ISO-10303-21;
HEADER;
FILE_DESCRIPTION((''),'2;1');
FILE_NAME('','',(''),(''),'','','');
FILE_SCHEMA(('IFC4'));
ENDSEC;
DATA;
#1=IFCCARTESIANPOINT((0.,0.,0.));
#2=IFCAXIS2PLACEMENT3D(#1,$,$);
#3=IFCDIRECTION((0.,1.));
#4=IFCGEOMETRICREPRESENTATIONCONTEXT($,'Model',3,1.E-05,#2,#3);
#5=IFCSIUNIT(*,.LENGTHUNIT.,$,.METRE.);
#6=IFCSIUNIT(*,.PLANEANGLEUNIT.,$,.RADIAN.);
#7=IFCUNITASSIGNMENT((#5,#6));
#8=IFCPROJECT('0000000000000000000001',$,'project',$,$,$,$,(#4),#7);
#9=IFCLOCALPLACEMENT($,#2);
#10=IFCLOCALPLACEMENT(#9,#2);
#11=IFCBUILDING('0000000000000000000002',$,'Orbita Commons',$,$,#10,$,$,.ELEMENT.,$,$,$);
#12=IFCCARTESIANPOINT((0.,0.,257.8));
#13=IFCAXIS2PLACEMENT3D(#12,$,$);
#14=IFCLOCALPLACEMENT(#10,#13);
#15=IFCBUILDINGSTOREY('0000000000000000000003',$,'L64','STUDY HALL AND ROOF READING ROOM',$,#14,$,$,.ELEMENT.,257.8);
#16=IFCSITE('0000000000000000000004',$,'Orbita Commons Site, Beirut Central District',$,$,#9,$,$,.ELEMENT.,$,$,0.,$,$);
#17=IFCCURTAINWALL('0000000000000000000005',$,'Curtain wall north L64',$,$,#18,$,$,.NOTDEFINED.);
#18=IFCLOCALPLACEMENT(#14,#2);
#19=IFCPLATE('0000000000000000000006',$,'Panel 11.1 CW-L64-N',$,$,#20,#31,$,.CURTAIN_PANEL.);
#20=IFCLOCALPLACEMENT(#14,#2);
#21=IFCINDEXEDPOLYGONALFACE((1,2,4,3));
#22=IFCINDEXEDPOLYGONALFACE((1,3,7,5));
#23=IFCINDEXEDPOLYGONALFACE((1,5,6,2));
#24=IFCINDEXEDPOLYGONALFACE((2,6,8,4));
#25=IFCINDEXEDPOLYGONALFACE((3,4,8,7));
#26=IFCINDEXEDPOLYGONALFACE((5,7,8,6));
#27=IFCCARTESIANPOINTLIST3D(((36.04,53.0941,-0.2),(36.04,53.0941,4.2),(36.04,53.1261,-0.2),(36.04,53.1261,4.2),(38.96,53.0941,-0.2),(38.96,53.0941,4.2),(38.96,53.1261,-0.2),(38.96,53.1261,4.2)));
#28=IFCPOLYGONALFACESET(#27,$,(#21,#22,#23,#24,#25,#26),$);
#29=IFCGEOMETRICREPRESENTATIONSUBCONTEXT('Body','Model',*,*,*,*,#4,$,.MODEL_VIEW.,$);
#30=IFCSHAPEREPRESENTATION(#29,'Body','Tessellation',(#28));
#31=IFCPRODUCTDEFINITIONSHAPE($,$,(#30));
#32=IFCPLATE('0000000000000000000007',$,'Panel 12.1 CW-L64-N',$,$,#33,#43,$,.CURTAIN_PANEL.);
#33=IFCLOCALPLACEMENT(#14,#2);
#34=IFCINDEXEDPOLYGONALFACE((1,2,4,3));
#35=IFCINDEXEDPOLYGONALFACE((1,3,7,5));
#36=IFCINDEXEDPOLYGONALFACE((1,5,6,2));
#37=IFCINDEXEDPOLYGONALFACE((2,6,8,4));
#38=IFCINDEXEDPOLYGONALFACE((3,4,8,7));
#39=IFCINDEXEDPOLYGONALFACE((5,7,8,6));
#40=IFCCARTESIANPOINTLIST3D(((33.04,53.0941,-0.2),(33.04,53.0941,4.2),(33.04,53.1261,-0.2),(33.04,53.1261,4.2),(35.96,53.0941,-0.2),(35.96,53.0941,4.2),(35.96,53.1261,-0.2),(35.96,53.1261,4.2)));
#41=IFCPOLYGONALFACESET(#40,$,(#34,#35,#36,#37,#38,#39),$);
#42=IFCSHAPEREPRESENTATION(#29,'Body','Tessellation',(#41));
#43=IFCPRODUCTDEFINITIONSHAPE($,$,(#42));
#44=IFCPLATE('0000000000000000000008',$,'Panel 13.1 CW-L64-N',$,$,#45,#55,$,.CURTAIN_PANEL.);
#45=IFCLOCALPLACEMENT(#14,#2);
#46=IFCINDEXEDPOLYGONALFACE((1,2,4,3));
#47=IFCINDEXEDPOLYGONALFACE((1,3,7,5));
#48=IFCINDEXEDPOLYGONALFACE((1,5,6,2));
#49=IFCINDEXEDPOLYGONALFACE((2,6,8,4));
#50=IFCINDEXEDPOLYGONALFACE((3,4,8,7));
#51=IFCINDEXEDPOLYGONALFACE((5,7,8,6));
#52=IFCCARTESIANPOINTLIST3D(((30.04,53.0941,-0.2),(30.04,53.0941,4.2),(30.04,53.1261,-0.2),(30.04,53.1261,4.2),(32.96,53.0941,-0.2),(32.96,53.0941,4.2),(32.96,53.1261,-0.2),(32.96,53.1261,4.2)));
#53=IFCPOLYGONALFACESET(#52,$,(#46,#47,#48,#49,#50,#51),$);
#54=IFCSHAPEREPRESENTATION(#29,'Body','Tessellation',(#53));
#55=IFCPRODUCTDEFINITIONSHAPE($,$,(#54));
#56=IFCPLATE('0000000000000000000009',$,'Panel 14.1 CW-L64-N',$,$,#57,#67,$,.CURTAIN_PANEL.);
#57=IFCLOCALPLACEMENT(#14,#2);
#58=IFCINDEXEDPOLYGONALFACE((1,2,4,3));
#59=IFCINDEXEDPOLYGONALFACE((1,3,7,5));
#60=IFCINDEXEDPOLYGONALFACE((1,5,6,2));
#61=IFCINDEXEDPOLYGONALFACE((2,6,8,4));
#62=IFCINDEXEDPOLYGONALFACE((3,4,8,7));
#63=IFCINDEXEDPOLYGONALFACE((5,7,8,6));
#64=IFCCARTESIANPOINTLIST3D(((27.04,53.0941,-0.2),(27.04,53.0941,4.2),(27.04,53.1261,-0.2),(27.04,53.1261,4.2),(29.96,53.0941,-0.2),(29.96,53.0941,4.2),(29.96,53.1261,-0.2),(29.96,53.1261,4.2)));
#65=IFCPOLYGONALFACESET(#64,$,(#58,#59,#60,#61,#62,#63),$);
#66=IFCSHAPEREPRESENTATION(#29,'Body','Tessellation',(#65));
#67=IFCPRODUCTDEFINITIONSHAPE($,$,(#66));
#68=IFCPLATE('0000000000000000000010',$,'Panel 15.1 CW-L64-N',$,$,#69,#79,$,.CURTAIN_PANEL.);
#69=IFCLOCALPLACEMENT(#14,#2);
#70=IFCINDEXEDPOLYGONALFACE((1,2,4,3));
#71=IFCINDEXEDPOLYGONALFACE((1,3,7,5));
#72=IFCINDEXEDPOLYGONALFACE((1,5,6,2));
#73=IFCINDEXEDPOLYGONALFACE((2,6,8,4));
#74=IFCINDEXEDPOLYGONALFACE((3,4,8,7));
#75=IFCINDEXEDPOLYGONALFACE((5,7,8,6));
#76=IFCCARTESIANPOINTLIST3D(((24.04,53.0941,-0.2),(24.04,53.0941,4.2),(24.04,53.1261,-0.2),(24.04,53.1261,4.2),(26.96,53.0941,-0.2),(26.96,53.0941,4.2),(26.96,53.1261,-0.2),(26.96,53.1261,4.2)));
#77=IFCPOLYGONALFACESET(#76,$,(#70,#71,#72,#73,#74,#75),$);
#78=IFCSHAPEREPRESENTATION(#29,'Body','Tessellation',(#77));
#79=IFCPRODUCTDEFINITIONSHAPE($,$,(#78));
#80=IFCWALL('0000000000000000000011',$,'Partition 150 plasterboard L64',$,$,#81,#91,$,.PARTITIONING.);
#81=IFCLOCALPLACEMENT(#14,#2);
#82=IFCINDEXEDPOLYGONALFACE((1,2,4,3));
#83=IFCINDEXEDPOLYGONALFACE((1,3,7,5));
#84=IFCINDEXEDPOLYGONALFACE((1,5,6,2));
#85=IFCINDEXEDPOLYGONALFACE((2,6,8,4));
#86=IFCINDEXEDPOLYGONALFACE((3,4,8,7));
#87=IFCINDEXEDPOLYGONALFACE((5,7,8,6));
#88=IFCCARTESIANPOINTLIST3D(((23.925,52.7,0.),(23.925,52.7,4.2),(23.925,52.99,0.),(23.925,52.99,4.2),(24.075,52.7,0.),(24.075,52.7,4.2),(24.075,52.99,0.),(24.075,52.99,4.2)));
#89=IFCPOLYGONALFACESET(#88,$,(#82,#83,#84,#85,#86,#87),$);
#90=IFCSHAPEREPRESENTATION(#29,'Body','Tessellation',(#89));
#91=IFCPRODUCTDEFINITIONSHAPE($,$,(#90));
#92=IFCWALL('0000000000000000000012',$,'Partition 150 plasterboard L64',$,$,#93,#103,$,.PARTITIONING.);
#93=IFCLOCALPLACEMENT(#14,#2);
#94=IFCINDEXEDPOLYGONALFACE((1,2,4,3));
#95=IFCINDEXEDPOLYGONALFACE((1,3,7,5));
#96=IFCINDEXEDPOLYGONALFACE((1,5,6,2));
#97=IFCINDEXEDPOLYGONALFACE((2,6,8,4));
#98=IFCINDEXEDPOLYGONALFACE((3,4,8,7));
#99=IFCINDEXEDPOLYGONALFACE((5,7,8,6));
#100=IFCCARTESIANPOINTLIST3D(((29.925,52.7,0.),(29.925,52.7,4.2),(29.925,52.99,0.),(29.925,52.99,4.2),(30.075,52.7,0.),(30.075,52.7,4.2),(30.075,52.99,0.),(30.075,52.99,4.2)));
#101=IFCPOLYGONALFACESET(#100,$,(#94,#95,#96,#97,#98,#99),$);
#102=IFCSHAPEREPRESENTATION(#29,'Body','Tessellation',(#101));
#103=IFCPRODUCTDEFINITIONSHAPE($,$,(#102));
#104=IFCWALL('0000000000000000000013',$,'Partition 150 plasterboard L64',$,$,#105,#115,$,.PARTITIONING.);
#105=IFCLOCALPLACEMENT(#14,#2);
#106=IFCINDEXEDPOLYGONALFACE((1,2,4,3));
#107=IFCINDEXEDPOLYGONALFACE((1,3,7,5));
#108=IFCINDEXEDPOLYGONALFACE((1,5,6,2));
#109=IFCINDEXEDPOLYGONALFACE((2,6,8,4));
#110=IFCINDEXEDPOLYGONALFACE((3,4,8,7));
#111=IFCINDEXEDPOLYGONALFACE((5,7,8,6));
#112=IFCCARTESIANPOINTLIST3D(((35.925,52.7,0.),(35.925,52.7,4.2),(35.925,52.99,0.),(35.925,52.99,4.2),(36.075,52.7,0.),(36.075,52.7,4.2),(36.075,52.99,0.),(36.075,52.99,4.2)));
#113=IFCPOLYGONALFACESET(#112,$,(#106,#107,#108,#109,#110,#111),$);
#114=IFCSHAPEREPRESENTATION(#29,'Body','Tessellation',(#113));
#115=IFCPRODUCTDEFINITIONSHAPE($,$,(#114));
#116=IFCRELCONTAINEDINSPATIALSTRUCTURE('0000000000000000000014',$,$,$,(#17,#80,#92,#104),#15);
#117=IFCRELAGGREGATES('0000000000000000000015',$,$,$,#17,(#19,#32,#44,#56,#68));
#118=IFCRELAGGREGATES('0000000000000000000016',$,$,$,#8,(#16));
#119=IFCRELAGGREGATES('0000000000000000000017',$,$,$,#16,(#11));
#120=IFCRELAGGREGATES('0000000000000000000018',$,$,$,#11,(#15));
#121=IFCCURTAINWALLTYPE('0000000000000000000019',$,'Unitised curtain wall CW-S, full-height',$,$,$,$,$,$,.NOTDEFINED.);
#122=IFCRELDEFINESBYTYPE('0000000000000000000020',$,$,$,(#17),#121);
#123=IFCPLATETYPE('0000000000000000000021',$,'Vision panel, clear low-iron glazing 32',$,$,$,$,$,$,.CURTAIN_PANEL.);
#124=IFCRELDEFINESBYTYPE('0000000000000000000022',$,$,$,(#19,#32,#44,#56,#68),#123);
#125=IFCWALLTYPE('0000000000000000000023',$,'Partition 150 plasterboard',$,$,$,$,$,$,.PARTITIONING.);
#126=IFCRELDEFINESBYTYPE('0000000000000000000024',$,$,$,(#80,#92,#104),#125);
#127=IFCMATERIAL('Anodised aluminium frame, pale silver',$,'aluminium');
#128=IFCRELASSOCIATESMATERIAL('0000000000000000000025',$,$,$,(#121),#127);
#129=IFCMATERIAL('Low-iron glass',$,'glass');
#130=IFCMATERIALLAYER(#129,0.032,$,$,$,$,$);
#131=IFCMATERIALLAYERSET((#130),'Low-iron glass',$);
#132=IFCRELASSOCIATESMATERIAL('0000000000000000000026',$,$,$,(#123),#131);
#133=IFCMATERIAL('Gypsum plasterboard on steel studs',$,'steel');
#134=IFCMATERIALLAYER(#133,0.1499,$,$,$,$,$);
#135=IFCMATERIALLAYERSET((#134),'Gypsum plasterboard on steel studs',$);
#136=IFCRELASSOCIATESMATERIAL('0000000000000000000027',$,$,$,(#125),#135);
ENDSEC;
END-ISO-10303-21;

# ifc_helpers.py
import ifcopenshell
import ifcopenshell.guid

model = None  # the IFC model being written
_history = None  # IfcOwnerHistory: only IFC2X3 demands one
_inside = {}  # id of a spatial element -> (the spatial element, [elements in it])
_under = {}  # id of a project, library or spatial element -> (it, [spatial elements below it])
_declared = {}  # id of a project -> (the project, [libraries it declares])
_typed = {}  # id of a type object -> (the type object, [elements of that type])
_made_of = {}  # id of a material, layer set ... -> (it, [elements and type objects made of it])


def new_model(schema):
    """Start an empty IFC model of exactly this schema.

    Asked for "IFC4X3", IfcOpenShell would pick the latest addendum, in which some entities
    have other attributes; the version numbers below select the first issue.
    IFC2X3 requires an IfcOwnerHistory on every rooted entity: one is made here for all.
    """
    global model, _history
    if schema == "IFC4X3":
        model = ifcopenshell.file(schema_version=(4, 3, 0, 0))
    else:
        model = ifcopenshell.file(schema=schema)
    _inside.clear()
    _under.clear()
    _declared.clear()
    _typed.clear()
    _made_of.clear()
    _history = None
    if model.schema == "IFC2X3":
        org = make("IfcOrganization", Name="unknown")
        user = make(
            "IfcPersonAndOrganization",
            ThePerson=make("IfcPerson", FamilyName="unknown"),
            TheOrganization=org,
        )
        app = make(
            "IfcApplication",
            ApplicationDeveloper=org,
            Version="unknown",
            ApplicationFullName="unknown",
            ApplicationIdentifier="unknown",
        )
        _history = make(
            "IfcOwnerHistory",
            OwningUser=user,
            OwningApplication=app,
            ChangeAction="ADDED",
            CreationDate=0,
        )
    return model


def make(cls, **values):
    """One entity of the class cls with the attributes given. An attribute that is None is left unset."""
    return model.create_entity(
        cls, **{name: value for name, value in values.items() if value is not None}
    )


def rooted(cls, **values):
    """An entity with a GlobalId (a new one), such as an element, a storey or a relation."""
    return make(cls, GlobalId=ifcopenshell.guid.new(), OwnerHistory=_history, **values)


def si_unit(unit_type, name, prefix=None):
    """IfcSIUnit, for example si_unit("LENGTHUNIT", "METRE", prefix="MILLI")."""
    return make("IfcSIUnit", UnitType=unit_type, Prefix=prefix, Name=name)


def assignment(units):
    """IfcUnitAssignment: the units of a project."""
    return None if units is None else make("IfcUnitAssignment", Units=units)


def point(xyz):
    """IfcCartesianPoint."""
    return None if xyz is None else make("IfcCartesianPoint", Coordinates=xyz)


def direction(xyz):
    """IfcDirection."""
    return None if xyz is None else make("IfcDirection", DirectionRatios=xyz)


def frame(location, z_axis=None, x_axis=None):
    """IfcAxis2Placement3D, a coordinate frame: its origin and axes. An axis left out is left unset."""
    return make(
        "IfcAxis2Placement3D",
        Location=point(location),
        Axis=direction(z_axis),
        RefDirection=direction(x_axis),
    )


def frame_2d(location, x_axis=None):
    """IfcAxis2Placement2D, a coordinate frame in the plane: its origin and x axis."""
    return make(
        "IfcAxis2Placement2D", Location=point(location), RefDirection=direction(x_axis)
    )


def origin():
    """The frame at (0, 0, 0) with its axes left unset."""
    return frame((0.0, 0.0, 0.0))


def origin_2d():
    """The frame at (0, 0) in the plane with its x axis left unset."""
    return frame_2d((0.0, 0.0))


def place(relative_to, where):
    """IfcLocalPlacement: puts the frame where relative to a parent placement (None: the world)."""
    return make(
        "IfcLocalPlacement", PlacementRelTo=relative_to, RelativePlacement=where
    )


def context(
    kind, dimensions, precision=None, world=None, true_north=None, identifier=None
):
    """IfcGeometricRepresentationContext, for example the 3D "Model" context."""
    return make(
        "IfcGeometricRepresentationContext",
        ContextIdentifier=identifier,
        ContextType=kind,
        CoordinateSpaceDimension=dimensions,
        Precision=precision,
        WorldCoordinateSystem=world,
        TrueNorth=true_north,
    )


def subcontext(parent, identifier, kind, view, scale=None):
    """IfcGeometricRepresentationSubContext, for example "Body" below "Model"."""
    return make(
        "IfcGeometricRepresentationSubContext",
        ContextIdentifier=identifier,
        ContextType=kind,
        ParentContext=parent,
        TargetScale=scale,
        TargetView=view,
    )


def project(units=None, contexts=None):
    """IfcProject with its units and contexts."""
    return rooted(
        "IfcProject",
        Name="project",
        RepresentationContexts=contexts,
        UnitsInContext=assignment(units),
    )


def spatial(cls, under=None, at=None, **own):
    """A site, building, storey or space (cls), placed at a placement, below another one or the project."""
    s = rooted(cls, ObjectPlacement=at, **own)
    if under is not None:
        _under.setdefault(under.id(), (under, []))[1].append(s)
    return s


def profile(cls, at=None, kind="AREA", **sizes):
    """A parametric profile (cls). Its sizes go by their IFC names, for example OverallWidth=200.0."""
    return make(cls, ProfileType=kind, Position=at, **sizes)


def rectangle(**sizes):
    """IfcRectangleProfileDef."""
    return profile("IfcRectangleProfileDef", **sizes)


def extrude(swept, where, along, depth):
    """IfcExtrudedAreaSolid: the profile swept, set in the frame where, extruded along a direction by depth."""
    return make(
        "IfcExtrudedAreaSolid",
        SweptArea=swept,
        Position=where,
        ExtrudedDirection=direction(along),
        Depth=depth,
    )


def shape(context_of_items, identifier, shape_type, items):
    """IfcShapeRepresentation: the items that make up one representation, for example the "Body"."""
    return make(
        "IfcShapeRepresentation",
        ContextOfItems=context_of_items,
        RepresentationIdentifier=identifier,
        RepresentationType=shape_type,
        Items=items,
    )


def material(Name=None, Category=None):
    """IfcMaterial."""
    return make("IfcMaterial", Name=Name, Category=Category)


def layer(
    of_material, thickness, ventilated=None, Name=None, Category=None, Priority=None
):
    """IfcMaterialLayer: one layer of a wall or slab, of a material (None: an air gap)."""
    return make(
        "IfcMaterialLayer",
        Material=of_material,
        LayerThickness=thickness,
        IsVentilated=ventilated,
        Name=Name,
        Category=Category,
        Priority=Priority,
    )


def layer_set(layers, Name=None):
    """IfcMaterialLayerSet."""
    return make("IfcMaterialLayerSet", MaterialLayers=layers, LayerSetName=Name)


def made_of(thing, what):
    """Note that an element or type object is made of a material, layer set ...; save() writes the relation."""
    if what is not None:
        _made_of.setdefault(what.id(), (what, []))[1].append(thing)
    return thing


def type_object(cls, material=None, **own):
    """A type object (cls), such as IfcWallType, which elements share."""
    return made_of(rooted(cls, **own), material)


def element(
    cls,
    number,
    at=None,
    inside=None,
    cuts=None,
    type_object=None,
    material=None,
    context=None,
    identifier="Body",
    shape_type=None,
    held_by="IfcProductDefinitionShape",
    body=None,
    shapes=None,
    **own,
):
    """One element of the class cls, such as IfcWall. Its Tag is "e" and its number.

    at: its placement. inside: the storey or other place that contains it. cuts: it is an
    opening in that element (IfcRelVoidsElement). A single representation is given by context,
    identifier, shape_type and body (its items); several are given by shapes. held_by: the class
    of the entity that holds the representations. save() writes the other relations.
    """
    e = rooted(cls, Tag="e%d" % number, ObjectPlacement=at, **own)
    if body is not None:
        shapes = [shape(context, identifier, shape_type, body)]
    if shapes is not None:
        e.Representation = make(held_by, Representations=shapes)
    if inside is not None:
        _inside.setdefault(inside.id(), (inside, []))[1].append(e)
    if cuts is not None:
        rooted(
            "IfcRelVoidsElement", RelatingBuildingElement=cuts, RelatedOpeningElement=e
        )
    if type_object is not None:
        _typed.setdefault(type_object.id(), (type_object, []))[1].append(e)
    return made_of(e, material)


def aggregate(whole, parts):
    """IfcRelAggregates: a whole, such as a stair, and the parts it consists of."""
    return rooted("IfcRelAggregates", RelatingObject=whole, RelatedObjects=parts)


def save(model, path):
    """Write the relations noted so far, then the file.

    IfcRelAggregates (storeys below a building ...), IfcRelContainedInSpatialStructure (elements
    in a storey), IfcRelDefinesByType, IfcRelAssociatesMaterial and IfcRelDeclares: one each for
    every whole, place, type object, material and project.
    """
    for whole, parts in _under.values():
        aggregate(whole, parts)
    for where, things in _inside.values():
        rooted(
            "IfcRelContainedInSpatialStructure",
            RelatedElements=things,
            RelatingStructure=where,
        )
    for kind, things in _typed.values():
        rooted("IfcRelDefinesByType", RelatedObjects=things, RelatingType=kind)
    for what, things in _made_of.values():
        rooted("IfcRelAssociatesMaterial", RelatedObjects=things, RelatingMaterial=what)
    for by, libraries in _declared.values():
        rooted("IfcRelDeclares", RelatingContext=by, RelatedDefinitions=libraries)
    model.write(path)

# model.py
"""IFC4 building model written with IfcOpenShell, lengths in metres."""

from ifc_helpers import new_model, si_unit, direction, frame, frame_2d, origin, origin_2d, place, context, subcontext, project, spatial, rectangle, extrude, material, layer, layer_set, type_object, element, aggregate, save


model = new_model("IFC4")

# Units and contexts
model_context = context("Model", 3, precision=1e-05, world=origin(), true_north=direction((0.0, 1.0)))
body_context = subcontext(model_context, "Body", "Model", "MODEL_VIEW")
ifc_project = project(units=[si_unit("LENGTHUNIT", "METRE"), si_unit("PLANEANGLEUNIT", "RADIAN")], contexts=[model_context])

# Site, building, storey
site_placement = place(None, origin())
site = spatial("IfcSite", under=ifc_project, at=site_placement, Name="Orbita Commons Site, Beirut Central District", CompositionType="ELEMENT", RefElevation=0.0)
building_placement = place(site_placement, origin())
building = spatial("IfcBuilding", under=site, at=building_placement, Name="Orbita Commons", CompositionType="ELEMENT")
storey_placement = place(building_placement, frame((0.0, 0.0, 257.8)))
storey = spatial("IfcBuildingStorey", under=building, at=storey_placement, Name="L64", Description="STUDY HALL AND ROOF READING ROOM", CompositionType="ELEMENT", Elevation=257.8)

# Curtain wall, plates
ifc_material_1 = material(Name="Anodised aluminium frame, pale silver", Category="aluminium")
curtain_wall_type = type_object("IfcCurtainWallType", Name="Unitised curtain wall CW-S, full-height", PredefinedType="NOTDEFINED", material=ifc_material_1)
curtain_wall_placement = place(storey_placement, origin())
curtain_wall = element("IfcCurtainWall", 1, at=curtain_wall_placement, inside=storey, type_object=curtain_wall_type, Name="Curtain wall north L64", PredefinedType="NOTDEFINED")
ifc_material_2 = material(Name="Low-iron glass", Category="glass")
ifc_layer_1 = layer(ifc_material_2, 0.032)
ifc_layer_set_1 = layer_set([ifc_layer_1], Name="Low-iron glass")
plate_type = type_object("IfcPlateType", Name="Vision panel, clear low-iron glazing 32", PredefinedType="CURTAIN_PANEL", material=ifc_layer_set_1)
plate_1_placement = place(storey_placement, frame((37.5, 53.1101, -0.2), z_axis=(0.0, 0.0, 1.0), x_axis=(-1.0, 0.0, 0.0)))
plate_1 = element("IfcPlate", 2, at=plate_1_placement, type_object=plate_type, Name="Panel 11.1 CW-L64-N", PredefinedType="CURTAIN_PANEL", context=body_context, shape_type="SweptSolid", body=[
    extrude(rectangle(XDim=2.9199, YDim=0.032, at=origin_2d()), origin(), (0.0, 0.0, 1.0), 4.3999),
])
plate_2_placement = place(storey_placement, frame((34.5, 53.1101, -0.2), z_axis=(0.0, 0.0, 1.0), x_axis=(-1.0, 0.0, 0.0)))
plate_2 = element("IfcPlate", 3, at=plate_2_placement, type_object=plate_type, Name="Panel 12.1 CW-L64-N", PredefinedType="CURTAIN_PANEL", context=body_context, shape_type="SweptSolid", body=[
    extrude(rectangle(XDim=2.9199, YDim=0.032, at=origin_2d()), origin(), (0.0, 0.0, 1.0), 4.3999),
])
plate_3_placement = place(storey_placement, frame((31.5, 53.1101, -0.2), z_axis=(0.0, 0.0, 1.0), x_axis=(-1.0, 0.0, 0.0)))
plate_3 = element("IfcPlate", 4, at=plate_3_placement, type_object=plate_type, Name="Panel 13.1 CW-L64-N", PredefinedType="CURTAIN_PANEL", context=body_context, shape_type="SweptSolid", body=[
    extrude(rectangle(XDim=2.9199, YDim=0.032, at=origin_2d()), origin(), (0.0, 0.0, 1.0), 4.3999),
])
plate_4_placement = place(storey_placement, frame((28.5, 53.1101, -0.2), z_axis=(0.0, 0.0, 1.0), x_axis=(-1.0, 0.0, 0.0)))
plate_4 = element("IfcPlate", 5, at=plate_4_placement, type_object=plate_type, Name="Panel 14.1 CW-L64-N", PredefinedType="CURTAIN_PANEL", context=body_context, shape_type="SweptSolid", body=[
    extrude(rectangle(XDim=2.9199, YDim=0.032, at=origin_2d()), origin(), (0.0, 0.0, 1.0), 4.3999),
])
plate_5_placement = place(storey_placement, frame((25.5, 53.1101, -0.2), z_axis=(0.0, 0.0, 1.0), x_axis=(-1.0, 0.0, 0.0)))
plate_5 = element("IfcPlate", 6, at=plate_5_placement, type_object=plate_type, Name="Panel 15.1 CW-L64-N", PredefinedType="CURTAIN_PANEL", context=body_context, shape_type="SweptSolid", body=[
    extrude(rectangle(XDim=2.9199, YDim=0.032, at=origin_2d()), origin(), (0.0, 0.0, 1.0), 4.3999),
])
aggregate(curtain_wall, [plate_1, plate_2, plate_3, plate_4, plate_5])

# Walls
ifc_material_3 = material(Name="Gypsum plasterboard on steel studs", Category="steel")
ifc_layer_2 = layer(ifc_material_3, 0.1499)
ifc_layer_set_2 = layer_set([ifc_layer_2], Name="Gypsum plasterboard on steel studs")
wall_type = type_object("IfcWallType", Name="Partition 150 plasterboard", PredefinedType="PARTITIONING", material=ifc_layer_set_2)
for number, where, z_axis, x_axis, name in (
    (7, (24.0, 52.7, 0.0), (0.0, 0.0, 1.0), (0.0, 1.0, 0.0), "Partition 150 plasterboard L64"),
    (8, (30.0, 52.7, 0.0), (0.0, 0.0, 1.0), (0.0, 1.0, 0.0), "Partition 150 plasterboard L64"),
    (9, (36.0, 52.7, 0.0), (0.0, 0.0, 1.0), (0.0, 1.0, 0.0), "Partition 150 plasterboard L64"),
):
    element("IfcWall", number, at=place(storey_placement, frame(where, z_axis=z_axis, x_axis=x_axis)), inside=storey, type_object=wall_type, Name=name, PredefinedType="PARTITIONING", context=body_context, shape_type="SweptSolid", body=[
        extrude(rectangle(XDim=0.29, YDim=0.1499, at=frame_2d((0.145, 0.0))), origin(), (0.0, 0.0, 1.0), 4.2),
    ])

save(model, "model.ifc")
